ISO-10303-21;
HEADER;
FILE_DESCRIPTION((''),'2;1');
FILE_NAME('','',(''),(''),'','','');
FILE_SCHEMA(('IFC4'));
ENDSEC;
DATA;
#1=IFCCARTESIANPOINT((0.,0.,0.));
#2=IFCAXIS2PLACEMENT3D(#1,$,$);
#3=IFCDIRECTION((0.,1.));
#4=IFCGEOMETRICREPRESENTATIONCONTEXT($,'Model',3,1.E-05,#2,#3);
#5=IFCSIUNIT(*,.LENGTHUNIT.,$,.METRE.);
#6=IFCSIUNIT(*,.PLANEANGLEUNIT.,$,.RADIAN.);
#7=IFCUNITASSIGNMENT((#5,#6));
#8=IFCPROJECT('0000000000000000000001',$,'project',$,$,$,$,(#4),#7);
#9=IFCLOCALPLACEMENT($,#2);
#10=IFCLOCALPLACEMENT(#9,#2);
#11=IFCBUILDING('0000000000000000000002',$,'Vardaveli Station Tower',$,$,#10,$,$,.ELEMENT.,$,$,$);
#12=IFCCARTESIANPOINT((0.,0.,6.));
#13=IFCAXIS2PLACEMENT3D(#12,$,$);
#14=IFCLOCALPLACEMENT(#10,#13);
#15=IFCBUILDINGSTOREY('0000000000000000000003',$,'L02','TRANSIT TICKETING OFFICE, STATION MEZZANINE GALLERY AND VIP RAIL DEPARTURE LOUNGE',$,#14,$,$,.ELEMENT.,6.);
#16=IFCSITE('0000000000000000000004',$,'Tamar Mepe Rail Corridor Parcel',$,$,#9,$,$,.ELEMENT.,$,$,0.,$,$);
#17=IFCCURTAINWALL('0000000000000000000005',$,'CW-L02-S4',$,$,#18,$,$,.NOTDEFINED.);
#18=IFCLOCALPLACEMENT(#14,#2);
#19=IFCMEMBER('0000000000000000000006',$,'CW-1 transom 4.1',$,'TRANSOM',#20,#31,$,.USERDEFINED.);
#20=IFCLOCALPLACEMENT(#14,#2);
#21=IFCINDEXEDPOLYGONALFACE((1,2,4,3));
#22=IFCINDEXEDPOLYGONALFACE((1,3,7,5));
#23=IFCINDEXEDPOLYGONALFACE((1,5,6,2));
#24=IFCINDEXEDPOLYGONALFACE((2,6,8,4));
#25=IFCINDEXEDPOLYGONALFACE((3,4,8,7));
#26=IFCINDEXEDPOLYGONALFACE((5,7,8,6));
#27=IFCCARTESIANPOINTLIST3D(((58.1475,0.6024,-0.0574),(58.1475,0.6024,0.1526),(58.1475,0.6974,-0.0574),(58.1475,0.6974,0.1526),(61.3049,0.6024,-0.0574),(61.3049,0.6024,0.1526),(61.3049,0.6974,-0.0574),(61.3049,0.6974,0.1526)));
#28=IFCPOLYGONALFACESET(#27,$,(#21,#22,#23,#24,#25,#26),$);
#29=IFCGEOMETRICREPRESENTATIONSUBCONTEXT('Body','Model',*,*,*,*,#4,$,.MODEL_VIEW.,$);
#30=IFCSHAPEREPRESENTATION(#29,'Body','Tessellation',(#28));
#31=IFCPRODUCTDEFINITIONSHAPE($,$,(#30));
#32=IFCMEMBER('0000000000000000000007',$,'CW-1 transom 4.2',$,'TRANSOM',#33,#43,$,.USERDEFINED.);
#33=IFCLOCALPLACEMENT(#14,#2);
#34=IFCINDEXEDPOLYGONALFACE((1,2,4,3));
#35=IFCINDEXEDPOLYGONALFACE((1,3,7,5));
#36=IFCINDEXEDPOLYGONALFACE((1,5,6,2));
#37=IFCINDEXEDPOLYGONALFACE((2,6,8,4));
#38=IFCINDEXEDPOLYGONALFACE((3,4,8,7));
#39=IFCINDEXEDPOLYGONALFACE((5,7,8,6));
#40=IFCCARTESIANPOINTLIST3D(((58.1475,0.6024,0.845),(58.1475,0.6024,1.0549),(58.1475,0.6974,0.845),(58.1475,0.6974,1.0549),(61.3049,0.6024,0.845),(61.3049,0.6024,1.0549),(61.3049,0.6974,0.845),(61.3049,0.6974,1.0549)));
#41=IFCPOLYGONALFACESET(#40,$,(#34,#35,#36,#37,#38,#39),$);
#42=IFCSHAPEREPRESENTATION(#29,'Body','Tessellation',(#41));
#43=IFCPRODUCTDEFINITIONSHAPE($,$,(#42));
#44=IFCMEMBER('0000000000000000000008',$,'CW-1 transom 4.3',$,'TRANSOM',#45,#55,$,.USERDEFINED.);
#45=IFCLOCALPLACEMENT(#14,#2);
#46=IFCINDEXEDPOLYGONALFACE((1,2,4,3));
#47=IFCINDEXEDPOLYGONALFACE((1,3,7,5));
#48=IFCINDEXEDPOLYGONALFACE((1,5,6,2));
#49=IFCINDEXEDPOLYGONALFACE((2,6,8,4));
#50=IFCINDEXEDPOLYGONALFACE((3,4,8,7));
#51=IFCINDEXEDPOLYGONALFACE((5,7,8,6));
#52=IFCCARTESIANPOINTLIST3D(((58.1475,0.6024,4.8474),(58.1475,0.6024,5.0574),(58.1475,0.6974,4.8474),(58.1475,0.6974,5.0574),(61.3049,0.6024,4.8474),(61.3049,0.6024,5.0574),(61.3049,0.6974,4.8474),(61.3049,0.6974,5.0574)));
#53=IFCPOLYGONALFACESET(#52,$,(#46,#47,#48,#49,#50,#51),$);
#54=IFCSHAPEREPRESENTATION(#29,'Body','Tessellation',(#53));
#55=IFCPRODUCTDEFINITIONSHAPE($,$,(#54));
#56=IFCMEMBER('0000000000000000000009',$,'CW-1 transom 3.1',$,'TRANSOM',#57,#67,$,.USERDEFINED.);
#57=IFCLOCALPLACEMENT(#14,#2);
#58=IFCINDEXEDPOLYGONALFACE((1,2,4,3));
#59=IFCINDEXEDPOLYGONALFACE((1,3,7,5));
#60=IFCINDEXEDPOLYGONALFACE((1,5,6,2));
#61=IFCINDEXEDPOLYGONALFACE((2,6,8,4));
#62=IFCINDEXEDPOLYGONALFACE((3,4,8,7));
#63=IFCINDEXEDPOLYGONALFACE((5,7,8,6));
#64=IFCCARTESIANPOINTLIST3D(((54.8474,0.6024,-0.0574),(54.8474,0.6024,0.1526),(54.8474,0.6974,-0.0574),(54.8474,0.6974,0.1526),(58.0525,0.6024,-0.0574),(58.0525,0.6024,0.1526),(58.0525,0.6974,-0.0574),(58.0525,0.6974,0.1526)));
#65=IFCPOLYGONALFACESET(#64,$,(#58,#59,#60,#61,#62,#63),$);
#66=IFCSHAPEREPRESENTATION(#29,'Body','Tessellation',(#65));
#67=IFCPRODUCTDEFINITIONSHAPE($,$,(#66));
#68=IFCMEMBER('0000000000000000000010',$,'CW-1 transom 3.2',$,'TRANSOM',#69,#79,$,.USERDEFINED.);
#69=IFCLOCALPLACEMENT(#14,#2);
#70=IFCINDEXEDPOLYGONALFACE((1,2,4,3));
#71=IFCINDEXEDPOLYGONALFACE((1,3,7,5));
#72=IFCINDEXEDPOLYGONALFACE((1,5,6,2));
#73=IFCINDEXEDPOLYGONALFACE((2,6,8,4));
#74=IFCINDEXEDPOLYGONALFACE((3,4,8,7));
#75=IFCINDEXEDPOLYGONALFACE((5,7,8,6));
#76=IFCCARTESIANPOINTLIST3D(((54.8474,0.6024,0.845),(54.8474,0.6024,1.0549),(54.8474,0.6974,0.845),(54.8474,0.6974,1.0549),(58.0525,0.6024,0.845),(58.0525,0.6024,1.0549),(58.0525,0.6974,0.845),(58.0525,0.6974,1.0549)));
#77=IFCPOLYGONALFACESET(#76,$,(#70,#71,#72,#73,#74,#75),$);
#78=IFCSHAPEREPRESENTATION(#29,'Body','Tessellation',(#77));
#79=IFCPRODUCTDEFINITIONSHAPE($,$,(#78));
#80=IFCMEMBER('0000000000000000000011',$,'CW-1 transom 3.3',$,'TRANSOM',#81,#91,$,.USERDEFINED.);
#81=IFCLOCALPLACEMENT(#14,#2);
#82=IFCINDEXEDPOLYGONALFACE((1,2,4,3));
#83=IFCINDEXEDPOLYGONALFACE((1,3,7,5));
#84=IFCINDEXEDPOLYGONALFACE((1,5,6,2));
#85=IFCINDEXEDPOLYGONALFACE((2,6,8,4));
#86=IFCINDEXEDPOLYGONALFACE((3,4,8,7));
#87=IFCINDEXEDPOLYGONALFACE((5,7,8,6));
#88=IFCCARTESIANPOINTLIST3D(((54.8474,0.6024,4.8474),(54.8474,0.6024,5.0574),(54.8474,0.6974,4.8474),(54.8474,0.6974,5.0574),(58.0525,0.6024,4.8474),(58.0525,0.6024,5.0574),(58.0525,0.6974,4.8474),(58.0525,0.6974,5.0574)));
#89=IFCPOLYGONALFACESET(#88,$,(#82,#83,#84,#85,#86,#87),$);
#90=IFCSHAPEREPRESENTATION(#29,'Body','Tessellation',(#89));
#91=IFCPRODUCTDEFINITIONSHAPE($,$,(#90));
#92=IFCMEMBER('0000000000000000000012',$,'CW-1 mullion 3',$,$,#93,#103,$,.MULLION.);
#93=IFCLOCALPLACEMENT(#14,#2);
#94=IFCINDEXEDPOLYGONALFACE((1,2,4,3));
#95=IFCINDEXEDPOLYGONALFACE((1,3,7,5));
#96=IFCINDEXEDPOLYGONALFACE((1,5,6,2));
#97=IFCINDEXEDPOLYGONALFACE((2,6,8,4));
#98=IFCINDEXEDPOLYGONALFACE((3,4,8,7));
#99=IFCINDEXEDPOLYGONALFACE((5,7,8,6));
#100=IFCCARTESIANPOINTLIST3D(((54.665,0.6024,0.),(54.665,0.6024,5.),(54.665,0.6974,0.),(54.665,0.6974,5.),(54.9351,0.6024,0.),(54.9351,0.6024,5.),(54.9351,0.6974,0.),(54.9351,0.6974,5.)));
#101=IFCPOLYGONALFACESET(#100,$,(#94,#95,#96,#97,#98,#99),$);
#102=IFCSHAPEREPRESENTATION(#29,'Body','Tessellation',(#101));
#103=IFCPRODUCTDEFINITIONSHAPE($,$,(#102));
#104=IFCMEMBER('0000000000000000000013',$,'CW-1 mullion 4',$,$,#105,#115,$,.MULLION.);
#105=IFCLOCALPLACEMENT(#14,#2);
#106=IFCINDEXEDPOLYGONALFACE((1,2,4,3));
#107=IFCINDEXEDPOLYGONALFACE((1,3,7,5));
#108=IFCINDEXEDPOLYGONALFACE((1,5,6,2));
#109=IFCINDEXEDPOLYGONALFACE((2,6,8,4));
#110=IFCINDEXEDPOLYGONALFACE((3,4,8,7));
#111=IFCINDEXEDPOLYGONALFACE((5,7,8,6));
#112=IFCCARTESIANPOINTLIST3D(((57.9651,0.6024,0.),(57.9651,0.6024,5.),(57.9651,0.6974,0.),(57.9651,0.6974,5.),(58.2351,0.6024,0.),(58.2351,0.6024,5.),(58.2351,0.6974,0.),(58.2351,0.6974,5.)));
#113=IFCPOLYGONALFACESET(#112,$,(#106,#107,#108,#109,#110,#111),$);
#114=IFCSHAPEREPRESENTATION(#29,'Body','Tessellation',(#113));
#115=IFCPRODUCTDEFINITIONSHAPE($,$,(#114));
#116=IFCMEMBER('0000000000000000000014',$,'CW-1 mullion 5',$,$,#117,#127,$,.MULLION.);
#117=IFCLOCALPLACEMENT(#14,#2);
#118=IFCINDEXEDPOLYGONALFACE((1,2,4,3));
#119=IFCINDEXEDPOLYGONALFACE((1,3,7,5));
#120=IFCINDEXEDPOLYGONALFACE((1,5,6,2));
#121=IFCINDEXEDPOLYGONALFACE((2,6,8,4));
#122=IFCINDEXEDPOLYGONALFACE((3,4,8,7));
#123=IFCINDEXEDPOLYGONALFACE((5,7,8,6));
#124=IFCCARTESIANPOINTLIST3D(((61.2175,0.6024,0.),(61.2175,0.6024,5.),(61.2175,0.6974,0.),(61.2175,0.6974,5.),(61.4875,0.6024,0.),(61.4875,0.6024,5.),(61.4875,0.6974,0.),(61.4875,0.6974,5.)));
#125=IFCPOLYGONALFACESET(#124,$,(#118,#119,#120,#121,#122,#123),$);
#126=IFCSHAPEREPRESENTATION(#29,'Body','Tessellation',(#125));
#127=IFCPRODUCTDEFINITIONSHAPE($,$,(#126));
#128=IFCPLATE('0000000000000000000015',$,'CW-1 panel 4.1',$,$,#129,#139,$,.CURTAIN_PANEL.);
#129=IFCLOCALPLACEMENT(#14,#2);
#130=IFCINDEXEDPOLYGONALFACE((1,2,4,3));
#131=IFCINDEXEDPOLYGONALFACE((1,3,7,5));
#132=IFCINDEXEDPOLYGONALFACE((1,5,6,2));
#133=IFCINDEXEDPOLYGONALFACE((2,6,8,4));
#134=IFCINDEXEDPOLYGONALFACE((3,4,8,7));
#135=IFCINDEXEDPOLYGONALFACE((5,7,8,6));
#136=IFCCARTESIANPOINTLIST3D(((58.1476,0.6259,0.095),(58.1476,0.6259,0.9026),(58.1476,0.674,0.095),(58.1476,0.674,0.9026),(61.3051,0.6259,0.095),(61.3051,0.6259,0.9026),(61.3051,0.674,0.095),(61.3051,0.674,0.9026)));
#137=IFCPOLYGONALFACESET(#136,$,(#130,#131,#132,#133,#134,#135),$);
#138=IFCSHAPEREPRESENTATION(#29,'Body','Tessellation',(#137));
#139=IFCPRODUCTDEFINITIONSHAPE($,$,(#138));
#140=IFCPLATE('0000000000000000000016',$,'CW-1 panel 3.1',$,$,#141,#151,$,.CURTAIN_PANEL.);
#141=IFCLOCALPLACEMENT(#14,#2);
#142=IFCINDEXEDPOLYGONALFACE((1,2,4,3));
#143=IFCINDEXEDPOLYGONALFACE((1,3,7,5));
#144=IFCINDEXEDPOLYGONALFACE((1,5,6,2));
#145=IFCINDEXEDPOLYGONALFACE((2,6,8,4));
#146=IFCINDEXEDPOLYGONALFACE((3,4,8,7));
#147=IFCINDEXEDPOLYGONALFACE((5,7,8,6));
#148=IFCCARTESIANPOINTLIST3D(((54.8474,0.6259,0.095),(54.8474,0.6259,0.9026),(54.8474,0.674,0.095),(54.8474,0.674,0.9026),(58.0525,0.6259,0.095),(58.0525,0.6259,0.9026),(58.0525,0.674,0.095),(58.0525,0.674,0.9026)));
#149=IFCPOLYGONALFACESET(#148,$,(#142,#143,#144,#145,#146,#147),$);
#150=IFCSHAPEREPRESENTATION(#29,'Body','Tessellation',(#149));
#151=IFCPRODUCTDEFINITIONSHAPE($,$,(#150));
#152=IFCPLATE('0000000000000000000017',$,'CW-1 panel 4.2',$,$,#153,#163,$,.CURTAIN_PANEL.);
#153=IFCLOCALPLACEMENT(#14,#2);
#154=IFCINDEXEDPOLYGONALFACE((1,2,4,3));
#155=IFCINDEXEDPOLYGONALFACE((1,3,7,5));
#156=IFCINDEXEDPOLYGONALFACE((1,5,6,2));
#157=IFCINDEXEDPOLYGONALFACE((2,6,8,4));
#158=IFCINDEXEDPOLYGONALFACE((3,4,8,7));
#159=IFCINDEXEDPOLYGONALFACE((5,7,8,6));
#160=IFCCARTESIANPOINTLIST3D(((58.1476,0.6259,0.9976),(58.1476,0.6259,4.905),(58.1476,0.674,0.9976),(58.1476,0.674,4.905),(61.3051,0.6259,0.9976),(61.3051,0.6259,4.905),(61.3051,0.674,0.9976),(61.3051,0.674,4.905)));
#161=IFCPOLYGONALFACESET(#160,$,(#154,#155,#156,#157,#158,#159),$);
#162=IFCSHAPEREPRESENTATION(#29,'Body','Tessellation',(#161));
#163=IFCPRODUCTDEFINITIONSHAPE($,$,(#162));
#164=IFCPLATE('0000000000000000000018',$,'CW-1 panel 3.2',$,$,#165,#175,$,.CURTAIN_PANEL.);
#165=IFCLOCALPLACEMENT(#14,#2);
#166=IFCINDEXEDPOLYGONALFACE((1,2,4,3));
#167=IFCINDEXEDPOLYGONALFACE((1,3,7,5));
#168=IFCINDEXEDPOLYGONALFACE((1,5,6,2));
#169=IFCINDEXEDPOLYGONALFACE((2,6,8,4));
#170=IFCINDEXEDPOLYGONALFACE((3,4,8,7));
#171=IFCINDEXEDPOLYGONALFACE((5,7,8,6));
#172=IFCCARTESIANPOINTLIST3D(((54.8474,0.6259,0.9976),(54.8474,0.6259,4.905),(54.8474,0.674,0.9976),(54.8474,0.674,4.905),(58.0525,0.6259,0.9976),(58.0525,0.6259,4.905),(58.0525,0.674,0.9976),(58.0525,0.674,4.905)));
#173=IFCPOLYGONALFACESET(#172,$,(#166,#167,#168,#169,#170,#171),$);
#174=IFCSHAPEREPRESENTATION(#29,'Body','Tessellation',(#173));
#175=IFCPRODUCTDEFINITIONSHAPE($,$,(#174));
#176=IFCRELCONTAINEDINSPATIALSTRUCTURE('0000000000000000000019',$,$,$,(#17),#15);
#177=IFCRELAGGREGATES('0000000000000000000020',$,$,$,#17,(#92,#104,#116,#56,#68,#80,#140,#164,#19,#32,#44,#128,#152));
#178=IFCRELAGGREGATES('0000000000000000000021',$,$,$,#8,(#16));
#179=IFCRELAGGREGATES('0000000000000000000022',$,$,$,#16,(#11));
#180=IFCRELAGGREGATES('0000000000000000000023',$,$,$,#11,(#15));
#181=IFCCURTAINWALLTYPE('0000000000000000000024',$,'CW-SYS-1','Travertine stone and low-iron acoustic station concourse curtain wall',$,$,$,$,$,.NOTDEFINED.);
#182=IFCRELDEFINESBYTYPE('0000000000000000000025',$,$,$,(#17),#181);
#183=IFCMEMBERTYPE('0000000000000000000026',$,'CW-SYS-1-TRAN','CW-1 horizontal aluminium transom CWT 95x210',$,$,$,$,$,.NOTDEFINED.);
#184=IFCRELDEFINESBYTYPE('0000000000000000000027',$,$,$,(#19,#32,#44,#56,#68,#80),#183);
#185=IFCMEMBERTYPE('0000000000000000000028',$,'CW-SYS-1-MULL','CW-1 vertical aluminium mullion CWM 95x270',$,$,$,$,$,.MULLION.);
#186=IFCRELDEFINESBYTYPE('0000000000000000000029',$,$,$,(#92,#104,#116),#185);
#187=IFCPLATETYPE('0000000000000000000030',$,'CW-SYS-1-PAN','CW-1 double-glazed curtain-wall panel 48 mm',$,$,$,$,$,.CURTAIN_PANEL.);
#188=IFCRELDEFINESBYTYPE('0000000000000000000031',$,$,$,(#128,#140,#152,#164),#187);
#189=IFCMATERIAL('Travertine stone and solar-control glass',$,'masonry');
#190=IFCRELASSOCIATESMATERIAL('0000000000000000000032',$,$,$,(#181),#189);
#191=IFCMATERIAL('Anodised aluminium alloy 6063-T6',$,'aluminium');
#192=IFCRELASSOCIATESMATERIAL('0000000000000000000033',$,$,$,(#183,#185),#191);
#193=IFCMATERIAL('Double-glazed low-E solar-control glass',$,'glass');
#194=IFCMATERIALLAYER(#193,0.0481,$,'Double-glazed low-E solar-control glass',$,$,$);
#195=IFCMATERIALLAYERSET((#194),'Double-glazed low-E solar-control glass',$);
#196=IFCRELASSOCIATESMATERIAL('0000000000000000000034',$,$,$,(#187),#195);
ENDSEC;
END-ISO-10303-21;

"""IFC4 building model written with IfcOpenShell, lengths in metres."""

from ifc_helpers import new_model, si_unit, direction, frame, origin, origin_2d, place, context, subcontext, project, spatial, rectangle, extrude, source, transform, mapped, material, layer, layer_set, material_profile, profile_set, type_object, element, aggregate, save


model = new_model("IFC4")

# Units and contexts
model_context = context("Model", 3, precision=1e-05, world=origin(), true_north=direction((0.0, 1.0)))
body_context = subcontext(model_context, "Body", "Model", "MODEL_VIEW")
ifc_project = project(units=[si_unit("LENGTHUNIT", "METRE"), si_unit("PLANEANGLEUNIT", "RADIAN")], contexts=[model_context])

# Site, building, storey
site_placement = place(None, origin())
site = spatial("IfcSite", under=ifc_project, at=site_placement, Name="Tamar Mepe Rail Corridor Parcel", CompositionType="ELEMENT", RefElevation=0.0)
building_placement = place(site_placement, origin())
building = spatial("IfcBuilding", under=site, at=building_placement, Name="Vardaveli Station Tower", CompositionType="ELEMENT")
storey_placement = place(building_placement, frame((0.0, 0.0, 6.0)))
storey = spatial("IfcBuildingStorey", under=building, at=storey_placement, Name="L02", Description="TRANSIT TICKETING OFFICE, STATION MEZZANINE GALLERY AND VIP RAIL DEPARTURE LOUNGE", CompositionType="ELEMENT", Elevation=6.0)

# Curtain wall, members, plates
ifc_material_1 = material(Name="Travertine stone and solar-control glass", Category="masonry")
curtain_wall_type = type_object("IfcCurtainWallType", Name="CW-SYS-1", Description="Travertine stone and low-iron acoustic station concourse curtain wall", PredefinedType="NOTDEFINED", material=ifc_material_1)
curtain_wall_placement = place(storey_placement, origin())
curtain_wall = element("IfcCurtainWall", 1, at=curtain_wall_placement, inside=storey, type_object=curtain_wall_type, Name="CW-L02-S4", PredefinedType="NOTDEFINED")
ifc_material_2 = material(Name="Anodised aluminium alloy 6063-T6", Category="aluminium")
ifc_material_profile_1 = material_profile(ifc_material_2, rectangle(XDim=0.095, YDim=0.21, at=origin_2d()), Name="CWT 95x210")
ifc_profile_set_1 = profile_set([ifc_material_profile_1], Name="Anodised aluminium alloy 6063-T6")
member_type_1 = type_object("IfcMemberType", Name="CW-SYS-1-TRAN", Description="CW-1 horizontal aluminium transom CWT 95x210", PredefinedType="NOTDEFINED", material=ifc_profile_set_1)
shared_shape_1 = source(origin(), body_context, "Body", "SweptSolid", [
    extrude(rectangle(XDim=0.095, YDim=0.21, at=origin_2d()), origin(), (0.0, 0.0, 1.0), 3.1575),
])
member_1_placement = place(storey_placement, frame((58.1475, 0.6499, 0.0476), z_axis=(1.0, 0.0, 0.0), x_axis=(0.0, 1.0, 0.0)))
member_1 = element("IfcMember", 2, at=member_1_placement, type_object=member_type_1, Name="CW-1 transom 4.1", ObjectType="TRANSOM", PredefinedType="USERDEFINED", context=body_context, shape_type="MappedRepresentation", body=[
    mapped(shared_shape_1, transform((0.0, 0.0, 0.0), scale=1.0)),
])
member_2_placement = place(storey_placement, frame((58.1475, 0.6499, 0.95), z_axis=(1.0, 0.0, 0.0), x_axis=(0.0, 1.0, 0.0)))
member_2 = element("IfcMember", 3, at=member_2_placement, type_object=member_type_1, Name="CW-1 transom 4.2", ObjectType="TRANSOM", PredefinedType="USERDEFINED", context=body_context, shape_type="MappedRepresentation", body=[
    mapped(shared_shape_1, transform((0.0, 0.0, 0.0), scale=1.0)),
])
member_3_placement = place(storey_placement, frame((58.1475, 0.6499, 4.9524), z_axis=(1.0, 0.0, 0.0), x_axis=(0.0, 1.0, 0.0)))
member_3 = element("IfcMember", 4, at=member_3_placement, type_object=member_type_1, Name="CW-1 transom 4.3", ObjectType="TRANSOM", PredefinedType="USERDEFINED", context=body_context, shape_type="MappedRepresentation", body=[
    mapped(shared_shape_1, transform((0.0, 0.0, 0.0), scale=1.0)),
])
shared_shape_2 = source(origin(), body_context, "Body", "SweptSolid", [
    extrude(rectangle(XDim=0.095, YDim=0.21, at=origin_2d()), origin(), (0.0, 0.0, 1.0), 3.2051),
])
member_4_placement = place(storey_placement, frame((54.8474, 0.6499, 0.0476), z_axis=(1.0, 0.0, 0.0), x_axis=(0.0, 1.0, 0.0)))
member_4 = element("IfcMember", 5, at=member_4_placement, type_object=member_type_1, Name="CW-1 transom 3.1", ObjectType="TRANSOM", PredefinedType="USERDEFINED", context=body_context, shape_type="MappedRepresentation", body=[
    mapped(shared_shape_2, transform((0.0, 0.0, 0.0), scale=1.0)),
])
member_5_placement = place(storey_placement, frame((54.8474, 0.6499, 0.95), z_axis=(1.0, 0.0, 0.0), x_axis=(0.0, 1.0, 0.0)))
member_5 = element("IfcMember", 6, at=member_5_placement, type_object=member_type_1, Name="CW-1 transom 3.2", ObjectType="TRANSOM", PredefinedType="USERDEFINED", context=body_context, shape_type="MappedRepresentation", body=[
    mapped(shared_shape_2, transform((0.0, 0.0, 0.0), scale=1.0)),
])
member_6_placement = place(storey_placement, frame((54.8474, 0.6499, 4.9524), z_axis=(1.0, 0.0, 0.0), x_axis=(0.0, 1.0, 0.0)))
member_6 = element("IfcMember", 7, at=member_6_placement, type_object=member_type_1, Name="CW-1 transom 3.3", ObjectType="TRANSOM", PredefinedType="USERDEFINED", context=body_context, shape_type="MappedRepresentation", body=[
    mapped(shared_shape_2, transform((0.0, 0.0, 0.0), scale=1.0)),
])
ifc_material_profile_2 = material_profile(ifc_material_2, rectangle(XDim=0.095, YDim=0.27, at=origin_2d()), Name="CWM 95x270")
ifc_profile_set_2 = profile_set([ifc_material_profile_2], Name="Anodised aluminium alloy 6063-T6")
member_type_2 = type_object("IfcMemberType", Name="CW-SYS-1-MULL", Description="CW-1 vertical aluminium mullion CWM 95x270", PredefinedType="MULLION", material=ifc_profile_set_2)
shared_shape_3 = source(origin(), body_context, "Body", "SweptSolid", [
    extrude(rectangle(XDim=0.095, YDim=0.27, at=origin_2d()), origin(), (0.0, 0.0, 1.0), 5.0),
])
member_7_placement = place(storey_placement, frame((54.8, 0.6499, 0.0), z_axis=(0.0, 0.0, 1.0), x_axis=(0.0, 1.0, 0.0)))
member_7 = element("IfcMember", 8, at=member_7_placement, type_object=member_type_2, Name="CW-1 mullion 3", PredefinedType="MULLION", context=body_context, shape_type="MappedRepresentation", body=[
    mapped(shared_shape_3, transform((0.0, 0.0, 0.0), scale=1.0)),
])
member_8_placement = place(storey_placement, frame((58.1001, 0.6499, 0.0), z_axis=(0.0, 0.0, 1.0), x_axis=(0.0, 1.0, 0.0)))
member_8 = element("IfcMember", 9, at=member_8_placement, type_object=member_type_2, Name="CW-1 mullion 4", PredefinedType="MULLION", context=body_context, shape_type="MappedRepresentation", body=[
    mapped(shared_shape_3, transform((0.0, 0.0, 0.0), scale=1.0)),
])
member_9_placement = place(storey_placement, frame((61.3525, 0.6499, 0.0), z_axis=(0.0, 0.0, 1.0), x_axis=(0.0, 1.0, 0.0)))
member_9 = element("IfcMember", 10, at=member_9_placement, type_object=member_type_2, Name="CW-1 mullion 5", PredefinedType="MULLION", context=body_context, shape_type="MappedRepresentation", body=[
    mapped(shared_shape_3, transform((0.0, 0.0, 0.0), scale=1.0)),
])
ifc_material_3 = material(Name="Double-glazed low-E solar-control glass", Category="glass")
ifc_layer_1 = layer(ifc_material_3, 0.0481, Name="Double-glazed low-E solar-control glass")
ifc_layer_set_1 = layer_set([ifc_layer_1], Name="Double-glazed low-E solar-control glass")
plate_type = type_object("IfcPlateType", Name="CW-SYS-1-PAN", Description="CW-1 double-glazed curtain-wall panel 48 mm", PredefinedType="CURTAIN_PANEL", material=ifc_layer_set_1)
shared_shape_4 = source(origin(), body_context, "Body", "SweptSolid", [
    extrude(rectangle(XDim=3.1575, YDim=0.0481, at=origin_2d()), origin(), (0.0, 0.0, 1.0), 0.8076),
])
plate_1_placement = place(storey_placement, frame((59.7263, 0.6499, 0.095), z_axis=(0.0, 0.0, 1.0), x_axis=(1.0, 0.0, 0.0)))
plate_1 = element("IfcPlate", 11, at=plate_1_placement, type_object=plate_type, Name="CW-1 panel 4.1", PredefinedType="CURTAIN_PANEL", context=body_context, shape_type="MappedRepresentation", body=[
    mapped(shared_shape_4, transform((0.0, 0.0, 0.0), scale=1.0)),
])
shared_shape_5 = source(origin(), body_context, "Body", "SweptSolid", [
    extrude(rectangle(XDim=3.2051, YDim=0.0481, at=origin_2d()), origin(), (0.0, 0.0, 1.0), 0.8076),
])
plate_2_placement = place(storey_placement, frame((56.45, 0.6499, 0.095), z_axis=(0.0, 0.0, 1.0), x_axis=(1.0, 0.0, 0.0)))
plate_2 = element("IfcPlate", 12, at=plate_2_placement, type_object=plate_type, Name="CW-1 panel 3.1", PredefinedType="CURTAIN_PANEL", context=body_context, shape_type="MappedRepresentation", body=[
    mapped(shared_shape_5, transform((0.0, 0.0, 0.0), scale=1.0)),
])
shared_shape_6 = source(origin(), body_context, "Body", "SweptSolid", [
    extrude(rectangle(XDim=3.1575, YDim=0.0481, at=origin_2d()), origin(), (0.0, 0.0, 1.0), 3.9075),
])
plate_3_placement = place(storey_placement, frame((59.7263, 0.6499, 0.9976), z_axis=(0.0, 0.0, 1.0), x_axis=(1.0, 0.0, 0.0)))
plate_3 = element("IfcPlate", 13, at=plate_3_placement, type_object=plate_type, Name="CW-1 panel 4.2", PredefinedType="CURTAIN_PANEL", context=body_context, shape_type="MappedRepresentation", body=[
    mapped(shared_shape_6, transform((0.0, 0.0, 0.0), scale=1.0)),
])
shared_shape_7 = source(origin(), body_context, "Body", "SweptSolid", [
    extrude(rectangle(XDim=3.2051, YDim=0.0481, at=origin_2d()), origin(), (0.0, 0.0, 1.0), 3.9075),
])
plate_4_placement = place(storey_placement, frame((56.45, 0.6499, 0.9976), z_axis=(0.0, 0.0, 1.0), x_axis=(1.0, 0.0, 0.0)))
plate_4 = element("IfcPlate", 14, at=plate_4_placement, type_object=plate_type, Name="CW-1 panel 3.2", PredefinedType="CURTAIN_PANEL", context=body_context, shape_type="MappedRepresentation", body=[
    mapped(shared_shape_7, transform((0.0, 0.0, 0.0), scale=1.0)),
])
aggregate(curtain_wall, [member_7, member_8, member_9, member_4, member_5, member_6, plate_2, plate_4, member_1, member_2, member_3, plate_1, plate_3])

save(model, "model.ifc")
